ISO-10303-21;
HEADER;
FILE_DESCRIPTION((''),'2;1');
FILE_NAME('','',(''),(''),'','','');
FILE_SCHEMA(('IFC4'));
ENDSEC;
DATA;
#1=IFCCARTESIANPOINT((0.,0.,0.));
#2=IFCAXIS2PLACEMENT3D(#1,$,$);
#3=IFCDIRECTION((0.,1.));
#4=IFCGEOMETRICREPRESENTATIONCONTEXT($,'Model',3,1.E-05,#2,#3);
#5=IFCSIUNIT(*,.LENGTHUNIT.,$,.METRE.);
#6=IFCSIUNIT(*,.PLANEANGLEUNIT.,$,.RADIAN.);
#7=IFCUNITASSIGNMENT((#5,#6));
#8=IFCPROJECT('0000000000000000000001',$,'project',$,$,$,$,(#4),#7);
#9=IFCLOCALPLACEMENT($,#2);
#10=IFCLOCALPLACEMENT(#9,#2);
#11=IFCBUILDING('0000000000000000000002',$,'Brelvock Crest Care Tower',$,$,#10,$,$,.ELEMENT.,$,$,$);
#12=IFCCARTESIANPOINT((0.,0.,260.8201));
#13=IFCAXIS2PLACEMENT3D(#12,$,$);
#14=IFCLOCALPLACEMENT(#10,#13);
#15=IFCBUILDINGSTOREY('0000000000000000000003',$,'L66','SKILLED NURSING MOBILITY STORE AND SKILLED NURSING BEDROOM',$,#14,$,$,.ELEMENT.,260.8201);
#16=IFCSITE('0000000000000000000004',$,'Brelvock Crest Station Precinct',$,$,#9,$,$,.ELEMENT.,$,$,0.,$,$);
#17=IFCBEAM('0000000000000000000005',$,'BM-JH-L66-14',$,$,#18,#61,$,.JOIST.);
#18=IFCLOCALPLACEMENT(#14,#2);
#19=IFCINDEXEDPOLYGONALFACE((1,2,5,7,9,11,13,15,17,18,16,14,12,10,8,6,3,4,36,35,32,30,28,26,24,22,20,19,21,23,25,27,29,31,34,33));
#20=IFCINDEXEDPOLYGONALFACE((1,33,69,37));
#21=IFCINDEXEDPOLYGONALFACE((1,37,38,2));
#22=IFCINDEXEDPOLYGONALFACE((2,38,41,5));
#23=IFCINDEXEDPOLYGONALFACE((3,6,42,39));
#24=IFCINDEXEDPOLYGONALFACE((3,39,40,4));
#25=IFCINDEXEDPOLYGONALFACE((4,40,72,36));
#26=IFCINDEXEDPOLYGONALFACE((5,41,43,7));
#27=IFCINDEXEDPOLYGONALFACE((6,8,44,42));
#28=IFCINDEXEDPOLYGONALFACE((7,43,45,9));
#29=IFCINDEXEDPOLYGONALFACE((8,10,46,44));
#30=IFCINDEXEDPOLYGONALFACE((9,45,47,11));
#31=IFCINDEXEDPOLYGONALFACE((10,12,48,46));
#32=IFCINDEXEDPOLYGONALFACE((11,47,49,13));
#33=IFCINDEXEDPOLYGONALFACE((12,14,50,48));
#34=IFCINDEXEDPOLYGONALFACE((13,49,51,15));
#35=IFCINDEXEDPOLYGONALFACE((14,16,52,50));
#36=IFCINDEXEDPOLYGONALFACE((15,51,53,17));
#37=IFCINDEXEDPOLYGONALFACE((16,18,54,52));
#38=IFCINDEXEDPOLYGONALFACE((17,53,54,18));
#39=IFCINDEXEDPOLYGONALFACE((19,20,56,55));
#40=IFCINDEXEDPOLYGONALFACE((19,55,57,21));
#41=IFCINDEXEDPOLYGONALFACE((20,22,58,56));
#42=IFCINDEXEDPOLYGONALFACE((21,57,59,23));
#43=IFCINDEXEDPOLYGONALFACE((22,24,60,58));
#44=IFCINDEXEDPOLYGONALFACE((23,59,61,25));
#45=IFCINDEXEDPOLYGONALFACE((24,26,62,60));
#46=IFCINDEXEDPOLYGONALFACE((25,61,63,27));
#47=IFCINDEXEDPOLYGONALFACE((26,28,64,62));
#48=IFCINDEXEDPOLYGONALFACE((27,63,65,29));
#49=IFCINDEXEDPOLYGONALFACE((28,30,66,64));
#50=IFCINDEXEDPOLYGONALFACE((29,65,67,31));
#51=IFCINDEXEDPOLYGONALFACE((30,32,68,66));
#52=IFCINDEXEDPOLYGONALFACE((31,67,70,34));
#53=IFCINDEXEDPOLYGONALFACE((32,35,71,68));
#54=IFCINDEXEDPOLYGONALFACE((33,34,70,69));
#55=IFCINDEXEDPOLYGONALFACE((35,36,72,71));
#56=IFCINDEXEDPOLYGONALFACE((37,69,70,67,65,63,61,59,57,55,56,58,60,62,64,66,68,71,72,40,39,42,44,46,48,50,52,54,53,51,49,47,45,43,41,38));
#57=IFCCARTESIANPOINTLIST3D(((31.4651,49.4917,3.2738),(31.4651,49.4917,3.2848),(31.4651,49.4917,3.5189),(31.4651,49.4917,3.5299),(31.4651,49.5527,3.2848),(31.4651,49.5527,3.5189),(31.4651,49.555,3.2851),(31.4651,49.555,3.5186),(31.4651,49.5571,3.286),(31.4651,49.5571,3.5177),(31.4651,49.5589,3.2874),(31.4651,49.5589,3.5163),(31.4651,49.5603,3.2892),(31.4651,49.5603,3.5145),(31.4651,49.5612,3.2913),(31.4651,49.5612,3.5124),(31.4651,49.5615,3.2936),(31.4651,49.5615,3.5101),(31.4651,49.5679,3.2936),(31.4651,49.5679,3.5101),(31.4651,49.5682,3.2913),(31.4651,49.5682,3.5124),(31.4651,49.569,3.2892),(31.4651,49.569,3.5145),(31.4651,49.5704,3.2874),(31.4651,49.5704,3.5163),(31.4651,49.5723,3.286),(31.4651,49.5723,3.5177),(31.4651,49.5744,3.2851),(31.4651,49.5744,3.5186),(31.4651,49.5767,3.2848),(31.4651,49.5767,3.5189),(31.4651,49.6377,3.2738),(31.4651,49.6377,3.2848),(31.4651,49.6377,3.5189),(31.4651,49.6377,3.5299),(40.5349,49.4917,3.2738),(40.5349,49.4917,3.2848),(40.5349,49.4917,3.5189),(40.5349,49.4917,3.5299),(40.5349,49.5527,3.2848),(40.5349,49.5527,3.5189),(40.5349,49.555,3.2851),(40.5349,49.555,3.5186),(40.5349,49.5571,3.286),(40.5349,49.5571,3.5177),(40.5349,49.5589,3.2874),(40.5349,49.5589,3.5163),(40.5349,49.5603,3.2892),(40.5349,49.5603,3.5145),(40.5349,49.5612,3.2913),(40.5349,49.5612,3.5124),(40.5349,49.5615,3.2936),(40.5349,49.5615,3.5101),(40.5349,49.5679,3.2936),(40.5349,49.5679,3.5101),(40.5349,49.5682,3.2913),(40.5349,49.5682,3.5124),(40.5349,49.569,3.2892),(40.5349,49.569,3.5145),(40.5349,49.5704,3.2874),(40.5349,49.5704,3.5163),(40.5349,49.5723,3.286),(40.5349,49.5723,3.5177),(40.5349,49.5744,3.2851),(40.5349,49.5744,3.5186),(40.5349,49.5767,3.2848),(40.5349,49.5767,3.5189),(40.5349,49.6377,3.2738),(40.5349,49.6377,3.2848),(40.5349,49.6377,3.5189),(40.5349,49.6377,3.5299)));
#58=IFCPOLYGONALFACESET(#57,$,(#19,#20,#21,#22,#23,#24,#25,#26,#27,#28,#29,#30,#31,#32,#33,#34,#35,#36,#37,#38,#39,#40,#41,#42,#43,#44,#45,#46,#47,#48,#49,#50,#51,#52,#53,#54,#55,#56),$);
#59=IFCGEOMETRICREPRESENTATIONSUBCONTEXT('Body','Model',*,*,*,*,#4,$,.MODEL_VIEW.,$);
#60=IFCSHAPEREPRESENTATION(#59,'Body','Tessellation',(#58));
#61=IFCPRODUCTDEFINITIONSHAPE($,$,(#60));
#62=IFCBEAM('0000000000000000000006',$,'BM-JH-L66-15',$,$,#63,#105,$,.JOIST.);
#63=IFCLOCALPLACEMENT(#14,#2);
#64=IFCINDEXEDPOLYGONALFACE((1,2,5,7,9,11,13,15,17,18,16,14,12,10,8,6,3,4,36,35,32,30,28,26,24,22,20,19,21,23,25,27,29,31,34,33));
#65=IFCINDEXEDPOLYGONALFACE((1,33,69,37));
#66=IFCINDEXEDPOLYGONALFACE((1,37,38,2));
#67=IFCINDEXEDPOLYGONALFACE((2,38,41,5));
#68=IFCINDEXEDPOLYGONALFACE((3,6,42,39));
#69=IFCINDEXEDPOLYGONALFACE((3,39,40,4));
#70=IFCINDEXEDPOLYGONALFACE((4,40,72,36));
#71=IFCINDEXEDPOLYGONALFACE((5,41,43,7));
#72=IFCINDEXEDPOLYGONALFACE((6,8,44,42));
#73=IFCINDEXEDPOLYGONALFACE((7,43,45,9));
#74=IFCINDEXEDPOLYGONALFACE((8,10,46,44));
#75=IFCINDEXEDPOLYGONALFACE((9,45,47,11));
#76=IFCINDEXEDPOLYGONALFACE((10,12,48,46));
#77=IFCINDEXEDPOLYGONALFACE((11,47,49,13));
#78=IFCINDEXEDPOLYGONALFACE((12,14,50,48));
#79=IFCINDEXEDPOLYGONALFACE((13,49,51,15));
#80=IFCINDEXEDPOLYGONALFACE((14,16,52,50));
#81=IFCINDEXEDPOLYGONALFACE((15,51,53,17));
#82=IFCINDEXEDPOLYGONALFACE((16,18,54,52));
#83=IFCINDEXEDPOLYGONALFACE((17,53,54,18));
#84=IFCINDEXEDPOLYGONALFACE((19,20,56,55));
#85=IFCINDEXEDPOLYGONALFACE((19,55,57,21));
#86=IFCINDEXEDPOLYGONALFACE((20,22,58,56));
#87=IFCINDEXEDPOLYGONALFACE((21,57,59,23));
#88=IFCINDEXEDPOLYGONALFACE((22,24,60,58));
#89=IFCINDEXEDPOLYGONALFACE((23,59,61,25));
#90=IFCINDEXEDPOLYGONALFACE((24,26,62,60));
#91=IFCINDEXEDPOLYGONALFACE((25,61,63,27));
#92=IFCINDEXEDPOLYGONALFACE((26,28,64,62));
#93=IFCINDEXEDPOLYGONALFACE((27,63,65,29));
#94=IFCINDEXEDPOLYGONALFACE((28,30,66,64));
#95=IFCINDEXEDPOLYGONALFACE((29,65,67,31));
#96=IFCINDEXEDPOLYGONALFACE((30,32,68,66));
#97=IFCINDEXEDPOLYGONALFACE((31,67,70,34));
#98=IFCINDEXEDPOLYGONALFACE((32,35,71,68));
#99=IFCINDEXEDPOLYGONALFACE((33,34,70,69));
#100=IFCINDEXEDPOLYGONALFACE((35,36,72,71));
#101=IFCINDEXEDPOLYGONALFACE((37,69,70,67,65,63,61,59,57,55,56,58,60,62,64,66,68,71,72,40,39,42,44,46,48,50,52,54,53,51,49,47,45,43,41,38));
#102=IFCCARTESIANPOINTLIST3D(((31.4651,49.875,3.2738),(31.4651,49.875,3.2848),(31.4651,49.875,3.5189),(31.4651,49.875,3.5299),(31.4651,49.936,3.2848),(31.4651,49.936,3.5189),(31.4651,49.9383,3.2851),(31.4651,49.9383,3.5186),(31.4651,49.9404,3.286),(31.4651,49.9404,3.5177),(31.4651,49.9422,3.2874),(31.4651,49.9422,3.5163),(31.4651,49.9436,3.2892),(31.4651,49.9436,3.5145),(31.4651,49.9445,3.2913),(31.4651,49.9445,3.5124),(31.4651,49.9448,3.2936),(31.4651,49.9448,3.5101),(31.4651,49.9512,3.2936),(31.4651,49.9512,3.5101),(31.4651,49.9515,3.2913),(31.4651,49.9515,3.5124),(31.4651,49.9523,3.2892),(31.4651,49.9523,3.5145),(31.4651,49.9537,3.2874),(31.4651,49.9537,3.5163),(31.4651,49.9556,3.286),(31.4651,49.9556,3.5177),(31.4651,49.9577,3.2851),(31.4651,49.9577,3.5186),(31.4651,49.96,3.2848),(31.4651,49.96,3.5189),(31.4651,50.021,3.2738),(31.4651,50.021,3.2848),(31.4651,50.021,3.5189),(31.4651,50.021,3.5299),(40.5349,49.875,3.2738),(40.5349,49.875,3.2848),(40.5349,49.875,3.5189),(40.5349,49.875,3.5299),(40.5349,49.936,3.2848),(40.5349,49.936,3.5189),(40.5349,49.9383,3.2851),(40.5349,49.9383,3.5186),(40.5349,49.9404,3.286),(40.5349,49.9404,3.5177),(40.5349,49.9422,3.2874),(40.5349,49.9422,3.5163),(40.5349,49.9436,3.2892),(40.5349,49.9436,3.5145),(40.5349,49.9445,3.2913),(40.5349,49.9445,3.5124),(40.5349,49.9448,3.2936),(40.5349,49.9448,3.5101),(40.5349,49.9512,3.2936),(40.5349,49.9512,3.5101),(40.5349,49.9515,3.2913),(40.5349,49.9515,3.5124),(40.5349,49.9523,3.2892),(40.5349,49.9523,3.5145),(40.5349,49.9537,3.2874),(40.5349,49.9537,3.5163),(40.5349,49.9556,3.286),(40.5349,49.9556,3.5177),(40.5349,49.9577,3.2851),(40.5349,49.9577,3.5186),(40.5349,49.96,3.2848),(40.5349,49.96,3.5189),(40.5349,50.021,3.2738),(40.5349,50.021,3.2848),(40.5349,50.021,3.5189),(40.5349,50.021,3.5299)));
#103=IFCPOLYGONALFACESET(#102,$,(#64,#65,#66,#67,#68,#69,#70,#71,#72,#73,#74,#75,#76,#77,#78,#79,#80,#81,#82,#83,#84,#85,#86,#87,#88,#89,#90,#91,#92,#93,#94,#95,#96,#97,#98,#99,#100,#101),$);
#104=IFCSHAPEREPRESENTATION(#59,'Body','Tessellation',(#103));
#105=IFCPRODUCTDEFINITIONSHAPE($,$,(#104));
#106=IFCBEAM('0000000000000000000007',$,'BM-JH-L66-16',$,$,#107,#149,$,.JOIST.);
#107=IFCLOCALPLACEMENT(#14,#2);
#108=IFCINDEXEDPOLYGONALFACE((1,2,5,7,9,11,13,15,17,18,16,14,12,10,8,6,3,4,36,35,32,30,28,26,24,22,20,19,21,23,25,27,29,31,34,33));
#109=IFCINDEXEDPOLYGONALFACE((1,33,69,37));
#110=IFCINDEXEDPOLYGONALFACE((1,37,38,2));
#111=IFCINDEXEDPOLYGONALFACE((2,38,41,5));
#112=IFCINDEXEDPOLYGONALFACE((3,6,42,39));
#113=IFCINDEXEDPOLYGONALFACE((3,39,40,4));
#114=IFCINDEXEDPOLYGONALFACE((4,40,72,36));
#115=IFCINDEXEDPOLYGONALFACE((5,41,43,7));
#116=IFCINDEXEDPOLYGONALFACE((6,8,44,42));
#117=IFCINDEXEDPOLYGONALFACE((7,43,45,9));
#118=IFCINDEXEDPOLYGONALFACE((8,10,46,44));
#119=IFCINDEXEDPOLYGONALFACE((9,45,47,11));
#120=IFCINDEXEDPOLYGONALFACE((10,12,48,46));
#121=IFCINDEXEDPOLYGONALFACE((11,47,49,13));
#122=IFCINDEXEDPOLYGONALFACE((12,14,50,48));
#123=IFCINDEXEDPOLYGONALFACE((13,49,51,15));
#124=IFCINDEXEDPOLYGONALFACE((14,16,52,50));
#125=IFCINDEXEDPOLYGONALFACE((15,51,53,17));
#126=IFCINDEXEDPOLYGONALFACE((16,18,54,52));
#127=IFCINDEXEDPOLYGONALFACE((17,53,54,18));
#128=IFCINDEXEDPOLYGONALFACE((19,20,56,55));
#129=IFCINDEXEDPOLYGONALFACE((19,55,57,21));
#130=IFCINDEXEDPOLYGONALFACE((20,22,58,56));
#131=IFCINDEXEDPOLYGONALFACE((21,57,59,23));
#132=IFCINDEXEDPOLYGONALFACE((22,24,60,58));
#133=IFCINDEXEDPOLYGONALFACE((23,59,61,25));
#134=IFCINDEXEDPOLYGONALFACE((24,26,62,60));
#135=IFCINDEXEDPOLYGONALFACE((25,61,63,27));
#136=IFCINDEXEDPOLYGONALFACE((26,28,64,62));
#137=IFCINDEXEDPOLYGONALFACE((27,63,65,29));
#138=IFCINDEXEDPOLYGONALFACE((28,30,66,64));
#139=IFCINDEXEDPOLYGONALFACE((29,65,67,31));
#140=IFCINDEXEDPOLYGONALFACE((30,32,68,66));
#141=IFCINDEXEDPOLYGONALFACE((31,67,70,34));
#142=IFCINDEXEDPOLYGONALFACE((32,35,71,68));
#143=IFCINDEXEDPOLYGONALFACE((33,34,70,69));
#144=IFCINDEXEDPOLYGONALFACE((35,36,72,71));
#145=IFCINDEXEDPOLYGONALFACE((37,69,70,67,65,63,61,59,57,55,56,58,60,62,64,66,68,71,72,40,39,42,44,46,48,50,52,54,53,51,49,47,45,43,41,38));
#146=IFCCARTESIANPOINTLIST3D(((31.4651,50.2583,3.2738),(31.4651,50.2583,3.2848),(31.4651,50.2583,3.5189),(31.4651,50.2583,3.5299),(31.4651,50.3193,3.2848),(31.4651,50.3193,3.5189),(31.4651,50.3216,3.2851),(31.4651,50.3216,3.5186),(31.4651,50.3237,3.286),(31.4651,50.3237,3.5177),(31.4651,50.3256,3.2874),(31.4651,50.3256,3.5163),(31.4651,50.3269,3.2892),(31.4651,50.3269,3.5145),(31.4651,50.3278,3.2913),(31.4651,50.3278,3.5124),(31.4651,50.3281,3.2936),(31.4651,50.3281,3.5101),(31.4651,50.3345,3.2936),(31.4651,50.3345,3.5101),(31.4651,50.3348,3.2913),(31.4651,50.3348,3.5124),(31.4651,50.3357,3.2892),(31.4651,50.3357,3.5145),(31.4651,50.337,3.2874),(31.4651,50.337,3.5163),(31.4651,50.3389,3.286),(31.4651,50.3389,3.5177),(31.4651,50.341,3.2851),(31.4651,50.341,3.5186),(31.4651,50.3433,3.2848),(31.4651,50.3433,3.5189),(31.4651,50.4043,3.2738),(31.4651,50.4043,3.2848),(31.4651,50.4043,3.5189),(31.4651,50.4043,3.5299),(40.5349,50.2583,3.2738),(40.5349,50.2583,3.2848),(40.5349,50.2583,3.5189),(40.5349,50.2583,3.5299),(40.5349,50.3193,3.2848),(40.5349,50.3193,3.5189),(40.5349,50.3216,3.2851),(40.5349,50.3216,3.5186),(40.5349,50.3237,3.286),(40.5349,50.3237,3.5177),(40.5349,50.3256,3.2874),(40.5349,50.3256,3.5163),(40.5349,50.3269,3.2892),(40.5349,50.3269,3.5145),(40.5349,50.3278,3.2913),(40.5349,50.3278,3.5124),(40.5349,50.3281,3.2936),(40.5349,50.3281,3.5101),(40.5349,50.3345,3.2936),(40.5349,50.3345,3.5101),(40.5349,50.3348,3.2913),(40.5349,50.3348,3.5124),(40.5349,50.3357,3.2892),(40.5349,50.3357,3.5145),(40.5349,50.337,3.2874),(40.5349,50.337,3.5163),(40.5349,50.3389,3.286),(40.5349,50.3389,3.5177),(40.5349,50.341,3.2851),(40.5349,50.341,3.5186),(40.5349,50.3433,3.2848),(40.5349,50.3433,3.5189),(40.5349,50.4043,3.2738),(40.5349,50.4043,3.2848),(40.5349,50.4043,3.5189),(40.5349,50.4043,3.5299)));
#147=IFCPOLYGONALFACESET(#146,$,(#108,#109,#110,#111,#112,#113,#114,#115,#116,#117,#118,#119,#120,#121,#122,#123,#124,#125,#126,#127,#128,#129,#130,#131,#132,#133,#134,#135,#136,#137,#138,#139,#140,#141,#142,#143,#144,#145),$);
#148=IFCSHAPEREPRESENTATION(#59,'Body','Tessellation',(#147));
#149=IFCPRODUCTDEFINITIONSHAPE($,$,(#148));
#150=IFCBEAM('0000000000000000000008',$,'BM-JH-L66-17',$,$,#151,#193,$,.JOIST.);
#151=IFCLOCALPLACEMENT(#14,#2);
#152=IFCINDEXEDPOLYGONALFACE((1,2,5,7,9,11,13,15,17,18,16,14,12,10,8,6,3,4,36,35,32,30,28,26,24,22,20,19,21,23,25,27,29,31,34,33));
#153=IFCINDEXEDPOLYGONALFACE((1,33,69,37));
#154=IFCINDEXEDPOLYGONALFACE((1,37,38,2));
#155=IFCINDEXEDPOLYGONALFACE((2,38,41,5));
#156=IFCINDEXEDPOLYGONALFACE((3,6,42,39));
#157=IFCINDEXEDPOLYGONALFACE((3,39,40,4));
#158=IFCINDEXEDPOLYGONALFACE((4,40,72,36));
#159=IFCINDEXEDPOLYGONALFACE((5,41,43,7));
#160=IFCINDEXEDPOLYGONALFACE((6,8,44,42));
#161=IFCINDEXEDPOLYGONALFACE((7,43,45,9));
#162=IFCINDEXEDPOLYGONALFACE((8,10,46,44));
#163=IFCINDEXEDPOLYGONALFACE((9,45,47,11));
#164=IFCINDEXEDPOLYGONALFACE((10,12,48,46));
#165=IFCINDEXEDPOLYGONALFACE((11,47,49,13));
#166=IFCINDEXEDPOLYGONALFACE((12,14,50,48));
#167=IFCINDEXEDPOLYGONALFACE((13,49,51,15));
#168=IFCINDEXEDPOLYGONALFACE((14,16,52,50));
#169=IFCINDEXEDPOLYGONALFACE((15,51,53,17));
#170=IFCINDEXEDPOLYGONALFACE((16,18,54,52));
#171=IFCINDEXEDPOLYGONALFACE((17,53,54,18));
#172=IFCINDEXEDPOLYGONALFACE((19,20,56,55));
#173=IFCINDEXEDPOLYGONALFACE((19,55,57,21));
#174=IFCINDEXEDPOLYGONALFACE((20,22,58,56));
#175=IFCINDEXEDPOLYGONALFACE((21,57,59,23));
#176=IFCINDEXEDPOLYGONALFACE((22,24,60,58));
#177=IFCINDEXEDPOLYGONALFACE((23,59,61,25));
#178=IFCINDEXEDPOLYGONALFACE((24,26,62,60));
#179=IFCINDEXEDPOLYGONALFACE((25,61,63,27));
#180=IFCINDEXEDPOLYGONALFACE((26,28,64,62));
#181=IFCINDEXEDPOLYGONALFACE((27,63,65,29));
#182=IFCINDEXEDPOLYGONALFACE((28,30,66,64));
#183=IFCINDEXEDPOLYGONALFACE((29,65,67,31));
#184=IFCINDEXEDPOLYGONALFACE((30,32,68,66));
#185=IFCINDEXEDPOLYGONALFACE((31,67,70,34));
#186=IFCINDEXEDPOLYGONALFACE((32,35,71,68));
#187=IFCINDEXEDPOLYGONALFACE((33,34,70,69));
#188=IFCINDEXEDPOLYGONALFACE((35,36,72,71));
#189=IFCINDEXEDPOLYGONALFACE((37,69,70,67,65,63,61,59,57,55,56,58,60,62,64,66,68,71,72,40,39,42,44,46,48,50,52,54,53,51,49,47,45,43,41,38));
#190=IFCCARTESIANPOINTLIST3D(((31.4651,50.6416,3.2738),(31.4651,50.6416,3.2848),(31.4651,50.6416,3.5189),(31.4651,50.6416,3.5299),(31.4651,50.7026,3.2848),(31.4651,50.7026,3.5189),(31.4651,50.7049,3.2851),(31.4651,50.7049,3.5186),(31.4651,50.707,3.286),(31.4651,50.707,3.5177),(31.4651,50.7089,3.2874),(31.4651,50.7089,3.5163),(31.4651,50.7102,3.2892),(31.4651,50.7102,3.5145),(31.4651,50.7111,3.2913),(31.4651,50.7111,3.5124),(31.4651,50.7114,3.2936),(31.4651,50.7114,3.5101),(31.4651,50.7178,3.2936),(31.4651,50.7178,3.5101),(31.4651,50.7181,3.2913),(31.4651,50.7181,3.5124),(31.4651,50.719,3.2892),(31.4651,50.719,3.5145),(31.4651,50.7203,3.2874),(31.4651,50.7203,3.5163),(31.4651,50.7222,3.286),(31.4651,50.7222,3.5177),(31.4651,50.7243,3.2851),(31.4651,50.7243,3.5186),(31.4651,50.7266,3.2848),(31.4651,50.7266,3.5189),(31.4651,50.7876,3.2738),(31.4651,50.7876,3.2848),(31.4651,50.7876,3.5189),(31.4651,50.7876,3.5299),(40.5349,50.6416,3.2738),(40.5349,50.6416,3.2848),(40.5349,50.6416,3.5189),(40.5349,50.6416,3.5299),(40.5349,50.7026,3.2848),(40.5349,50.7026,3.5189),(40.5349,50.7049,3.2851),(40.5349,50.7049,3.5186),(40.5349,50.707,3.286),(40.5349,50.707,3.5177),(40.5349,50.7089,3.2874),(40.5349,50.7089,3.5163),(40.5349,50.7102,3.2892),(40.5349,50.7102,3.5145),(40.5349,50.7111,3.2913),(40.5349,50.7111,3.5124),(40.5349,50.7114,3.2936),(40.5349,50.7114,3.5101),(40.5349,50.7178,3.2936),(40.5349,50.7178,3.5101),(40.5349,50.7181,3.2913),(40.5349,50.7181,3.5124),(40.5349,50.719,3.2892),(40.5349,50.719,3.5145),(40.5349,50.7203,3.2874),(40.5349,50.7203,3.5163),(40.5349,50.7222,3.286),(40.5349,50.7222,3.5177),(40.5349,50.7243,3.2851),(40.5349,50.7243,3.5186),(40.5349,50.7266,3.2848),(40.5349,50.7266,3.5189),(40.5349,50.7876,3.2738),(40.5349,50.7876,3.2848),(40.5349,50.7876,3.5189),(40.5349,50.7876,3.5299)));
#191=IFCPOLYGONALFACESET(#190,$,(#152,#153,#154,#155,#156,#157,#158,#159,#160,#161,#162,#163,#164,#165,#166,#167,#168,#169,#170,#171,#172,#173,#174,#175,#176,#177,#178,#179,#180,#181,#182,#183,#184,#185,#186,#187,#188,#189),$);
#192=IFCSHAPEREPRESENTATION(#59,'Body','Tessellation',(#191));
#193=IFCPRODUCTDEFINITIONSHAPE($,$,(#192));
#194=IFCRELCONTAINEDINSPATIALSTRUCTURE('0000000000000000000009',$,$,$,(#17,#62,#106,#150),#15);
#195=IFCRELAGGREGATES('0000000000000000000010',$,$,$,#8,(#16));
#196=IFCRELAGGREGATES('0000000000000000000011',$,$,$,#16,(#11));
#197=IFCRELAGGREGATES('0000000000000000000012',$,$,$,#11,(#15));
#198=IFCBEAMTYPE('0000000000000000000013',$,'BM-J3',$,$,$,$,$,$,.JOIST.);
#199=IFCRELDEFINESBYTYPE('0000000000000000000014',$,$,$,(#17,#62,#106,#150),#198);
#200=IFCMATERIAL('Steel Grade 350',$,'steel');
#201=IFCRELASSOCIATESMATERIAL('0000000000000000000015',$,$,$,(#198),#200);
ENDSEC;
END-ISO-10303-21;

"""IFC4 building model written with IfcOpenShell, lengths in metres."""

from ifc_helpers import new_model, si_unit, direction, frame, origin, origin_2d, place, context, subcontext, project, spatial, i_section, extrude, source, transform, mapped, material, material_profile, profile_set, type_object, element, save


model = new_model("IFC4")

# Units and contexts
model_context = context("Model", 3, precision=1e-05, world=origin(), true_north=direction((0.0, 1.0)))
body_context = subcontext(model_context, "Body", "Model", "MODEL_VIEW")
ifc_project = project(units=[si_unit("LENGTHUNIT", "METRE"), si_unit("PLANEANGLEUNIT", "RADIAN")], contexts=[model_context])

# Site, building, storey
site_placement = place(None, origin())
site = spatial("IfcSite", under=ifc_project, at=site_placement, Name="Brelvock Crest Station Precinct", CompositionType="ELEMENT", RefElevation=0.0)
building_placement = place(site_placement, origin())
building = spatial("IfcBuilding", under=site, at=building_placement, Name="Brelvock Crest Care Tower", CompositionType="ELEMENT")
storey_placement = place(building_placement, frame((0.0, 0.0, 260.8201)))
storey = spatial("IfcBuildingStorey", under=building, at=storey_placement, Name="L66", Description="SKILLED NURSING MOBILITY STORE AND SKILLED NURSING BEDROOM", CompositionType="ELEMENT", Elevation=260.8201)

# Beams
ifc_material_1 = material(Name="Steel Grade 350", Category="steel")
ifc_material_profile_1 = material_profile(ifc_material_1, i_section(OverallWidth=0.146, OverallDepth=0.2561, WebThickness=0.0063, FlangeThickness=0.011, FilletRadius=0.0088, at=origin_2d()), Name="250UB37.3")
ifc_profile_set_1 = profile_set([ifc_material_profile_1], Name="Steel Grade 350")
beam_type_1 = type_object("IfcBeamType", Name="BM-J3", PredefinedType="JOIST", material=ifc_profile_set_1)
shared_shape_1 = source(origin(), body_context, "Body", "SweptSolid", [
    extrude(i_section(OverallWidth=0.146, OverallDepth=0.2561, WebThickness=0.0063, FlangeThickness=0.011, FilletRadius=0.0088, at=origin_2d()), origin(), (0.0, 0.0, 1.0), 9.0698),
])
for number, where, z_axis, x_axis, name in (
    (1, (31.4651, 49.5647, 3.4019), (1.0, 0.0, 0.0), (0.0, 1.0, 0.0), "BM-JH-L66-14"),
    (2, (31.4651, 49.948, 3.4019), (1.0, 0.0, 0.0), (0.0, 1.0, 0.0), "BM-JH-L66-15"),
    (3, (31.4651, 50.3313, 3.4019), (1.0, 0.0, 0.0), (0.0, 1.0, 0.0), "BM-JH-L66-16"),
    (4, (31.4651, 50.7146, 3.4019), (1.0, 0.0, 0.0), (0.0, 1.0, 0.0), "BM-JH-L66-17"),
):
    element("IfcBeam", number, at=place(storey_placement, frame(where, z_axis=z_axis, x_axis=x_axis)), inside=storey, type_object=beam_type_1, Name=name, PredefinedType="JOIST", context=body_context, shape_type="MappedRepresentation", body=[
        mapped(shared_shape_1, transform((0.0, 0.0, 0.0), x_axis=(1.0, 0.0, 0.0), y_axis=(0.0, 1.0, 0.0), z_axis=(0.0, 0.0, 1.0), scale=1.0)),
    ])

save(model, "model.ifc")
